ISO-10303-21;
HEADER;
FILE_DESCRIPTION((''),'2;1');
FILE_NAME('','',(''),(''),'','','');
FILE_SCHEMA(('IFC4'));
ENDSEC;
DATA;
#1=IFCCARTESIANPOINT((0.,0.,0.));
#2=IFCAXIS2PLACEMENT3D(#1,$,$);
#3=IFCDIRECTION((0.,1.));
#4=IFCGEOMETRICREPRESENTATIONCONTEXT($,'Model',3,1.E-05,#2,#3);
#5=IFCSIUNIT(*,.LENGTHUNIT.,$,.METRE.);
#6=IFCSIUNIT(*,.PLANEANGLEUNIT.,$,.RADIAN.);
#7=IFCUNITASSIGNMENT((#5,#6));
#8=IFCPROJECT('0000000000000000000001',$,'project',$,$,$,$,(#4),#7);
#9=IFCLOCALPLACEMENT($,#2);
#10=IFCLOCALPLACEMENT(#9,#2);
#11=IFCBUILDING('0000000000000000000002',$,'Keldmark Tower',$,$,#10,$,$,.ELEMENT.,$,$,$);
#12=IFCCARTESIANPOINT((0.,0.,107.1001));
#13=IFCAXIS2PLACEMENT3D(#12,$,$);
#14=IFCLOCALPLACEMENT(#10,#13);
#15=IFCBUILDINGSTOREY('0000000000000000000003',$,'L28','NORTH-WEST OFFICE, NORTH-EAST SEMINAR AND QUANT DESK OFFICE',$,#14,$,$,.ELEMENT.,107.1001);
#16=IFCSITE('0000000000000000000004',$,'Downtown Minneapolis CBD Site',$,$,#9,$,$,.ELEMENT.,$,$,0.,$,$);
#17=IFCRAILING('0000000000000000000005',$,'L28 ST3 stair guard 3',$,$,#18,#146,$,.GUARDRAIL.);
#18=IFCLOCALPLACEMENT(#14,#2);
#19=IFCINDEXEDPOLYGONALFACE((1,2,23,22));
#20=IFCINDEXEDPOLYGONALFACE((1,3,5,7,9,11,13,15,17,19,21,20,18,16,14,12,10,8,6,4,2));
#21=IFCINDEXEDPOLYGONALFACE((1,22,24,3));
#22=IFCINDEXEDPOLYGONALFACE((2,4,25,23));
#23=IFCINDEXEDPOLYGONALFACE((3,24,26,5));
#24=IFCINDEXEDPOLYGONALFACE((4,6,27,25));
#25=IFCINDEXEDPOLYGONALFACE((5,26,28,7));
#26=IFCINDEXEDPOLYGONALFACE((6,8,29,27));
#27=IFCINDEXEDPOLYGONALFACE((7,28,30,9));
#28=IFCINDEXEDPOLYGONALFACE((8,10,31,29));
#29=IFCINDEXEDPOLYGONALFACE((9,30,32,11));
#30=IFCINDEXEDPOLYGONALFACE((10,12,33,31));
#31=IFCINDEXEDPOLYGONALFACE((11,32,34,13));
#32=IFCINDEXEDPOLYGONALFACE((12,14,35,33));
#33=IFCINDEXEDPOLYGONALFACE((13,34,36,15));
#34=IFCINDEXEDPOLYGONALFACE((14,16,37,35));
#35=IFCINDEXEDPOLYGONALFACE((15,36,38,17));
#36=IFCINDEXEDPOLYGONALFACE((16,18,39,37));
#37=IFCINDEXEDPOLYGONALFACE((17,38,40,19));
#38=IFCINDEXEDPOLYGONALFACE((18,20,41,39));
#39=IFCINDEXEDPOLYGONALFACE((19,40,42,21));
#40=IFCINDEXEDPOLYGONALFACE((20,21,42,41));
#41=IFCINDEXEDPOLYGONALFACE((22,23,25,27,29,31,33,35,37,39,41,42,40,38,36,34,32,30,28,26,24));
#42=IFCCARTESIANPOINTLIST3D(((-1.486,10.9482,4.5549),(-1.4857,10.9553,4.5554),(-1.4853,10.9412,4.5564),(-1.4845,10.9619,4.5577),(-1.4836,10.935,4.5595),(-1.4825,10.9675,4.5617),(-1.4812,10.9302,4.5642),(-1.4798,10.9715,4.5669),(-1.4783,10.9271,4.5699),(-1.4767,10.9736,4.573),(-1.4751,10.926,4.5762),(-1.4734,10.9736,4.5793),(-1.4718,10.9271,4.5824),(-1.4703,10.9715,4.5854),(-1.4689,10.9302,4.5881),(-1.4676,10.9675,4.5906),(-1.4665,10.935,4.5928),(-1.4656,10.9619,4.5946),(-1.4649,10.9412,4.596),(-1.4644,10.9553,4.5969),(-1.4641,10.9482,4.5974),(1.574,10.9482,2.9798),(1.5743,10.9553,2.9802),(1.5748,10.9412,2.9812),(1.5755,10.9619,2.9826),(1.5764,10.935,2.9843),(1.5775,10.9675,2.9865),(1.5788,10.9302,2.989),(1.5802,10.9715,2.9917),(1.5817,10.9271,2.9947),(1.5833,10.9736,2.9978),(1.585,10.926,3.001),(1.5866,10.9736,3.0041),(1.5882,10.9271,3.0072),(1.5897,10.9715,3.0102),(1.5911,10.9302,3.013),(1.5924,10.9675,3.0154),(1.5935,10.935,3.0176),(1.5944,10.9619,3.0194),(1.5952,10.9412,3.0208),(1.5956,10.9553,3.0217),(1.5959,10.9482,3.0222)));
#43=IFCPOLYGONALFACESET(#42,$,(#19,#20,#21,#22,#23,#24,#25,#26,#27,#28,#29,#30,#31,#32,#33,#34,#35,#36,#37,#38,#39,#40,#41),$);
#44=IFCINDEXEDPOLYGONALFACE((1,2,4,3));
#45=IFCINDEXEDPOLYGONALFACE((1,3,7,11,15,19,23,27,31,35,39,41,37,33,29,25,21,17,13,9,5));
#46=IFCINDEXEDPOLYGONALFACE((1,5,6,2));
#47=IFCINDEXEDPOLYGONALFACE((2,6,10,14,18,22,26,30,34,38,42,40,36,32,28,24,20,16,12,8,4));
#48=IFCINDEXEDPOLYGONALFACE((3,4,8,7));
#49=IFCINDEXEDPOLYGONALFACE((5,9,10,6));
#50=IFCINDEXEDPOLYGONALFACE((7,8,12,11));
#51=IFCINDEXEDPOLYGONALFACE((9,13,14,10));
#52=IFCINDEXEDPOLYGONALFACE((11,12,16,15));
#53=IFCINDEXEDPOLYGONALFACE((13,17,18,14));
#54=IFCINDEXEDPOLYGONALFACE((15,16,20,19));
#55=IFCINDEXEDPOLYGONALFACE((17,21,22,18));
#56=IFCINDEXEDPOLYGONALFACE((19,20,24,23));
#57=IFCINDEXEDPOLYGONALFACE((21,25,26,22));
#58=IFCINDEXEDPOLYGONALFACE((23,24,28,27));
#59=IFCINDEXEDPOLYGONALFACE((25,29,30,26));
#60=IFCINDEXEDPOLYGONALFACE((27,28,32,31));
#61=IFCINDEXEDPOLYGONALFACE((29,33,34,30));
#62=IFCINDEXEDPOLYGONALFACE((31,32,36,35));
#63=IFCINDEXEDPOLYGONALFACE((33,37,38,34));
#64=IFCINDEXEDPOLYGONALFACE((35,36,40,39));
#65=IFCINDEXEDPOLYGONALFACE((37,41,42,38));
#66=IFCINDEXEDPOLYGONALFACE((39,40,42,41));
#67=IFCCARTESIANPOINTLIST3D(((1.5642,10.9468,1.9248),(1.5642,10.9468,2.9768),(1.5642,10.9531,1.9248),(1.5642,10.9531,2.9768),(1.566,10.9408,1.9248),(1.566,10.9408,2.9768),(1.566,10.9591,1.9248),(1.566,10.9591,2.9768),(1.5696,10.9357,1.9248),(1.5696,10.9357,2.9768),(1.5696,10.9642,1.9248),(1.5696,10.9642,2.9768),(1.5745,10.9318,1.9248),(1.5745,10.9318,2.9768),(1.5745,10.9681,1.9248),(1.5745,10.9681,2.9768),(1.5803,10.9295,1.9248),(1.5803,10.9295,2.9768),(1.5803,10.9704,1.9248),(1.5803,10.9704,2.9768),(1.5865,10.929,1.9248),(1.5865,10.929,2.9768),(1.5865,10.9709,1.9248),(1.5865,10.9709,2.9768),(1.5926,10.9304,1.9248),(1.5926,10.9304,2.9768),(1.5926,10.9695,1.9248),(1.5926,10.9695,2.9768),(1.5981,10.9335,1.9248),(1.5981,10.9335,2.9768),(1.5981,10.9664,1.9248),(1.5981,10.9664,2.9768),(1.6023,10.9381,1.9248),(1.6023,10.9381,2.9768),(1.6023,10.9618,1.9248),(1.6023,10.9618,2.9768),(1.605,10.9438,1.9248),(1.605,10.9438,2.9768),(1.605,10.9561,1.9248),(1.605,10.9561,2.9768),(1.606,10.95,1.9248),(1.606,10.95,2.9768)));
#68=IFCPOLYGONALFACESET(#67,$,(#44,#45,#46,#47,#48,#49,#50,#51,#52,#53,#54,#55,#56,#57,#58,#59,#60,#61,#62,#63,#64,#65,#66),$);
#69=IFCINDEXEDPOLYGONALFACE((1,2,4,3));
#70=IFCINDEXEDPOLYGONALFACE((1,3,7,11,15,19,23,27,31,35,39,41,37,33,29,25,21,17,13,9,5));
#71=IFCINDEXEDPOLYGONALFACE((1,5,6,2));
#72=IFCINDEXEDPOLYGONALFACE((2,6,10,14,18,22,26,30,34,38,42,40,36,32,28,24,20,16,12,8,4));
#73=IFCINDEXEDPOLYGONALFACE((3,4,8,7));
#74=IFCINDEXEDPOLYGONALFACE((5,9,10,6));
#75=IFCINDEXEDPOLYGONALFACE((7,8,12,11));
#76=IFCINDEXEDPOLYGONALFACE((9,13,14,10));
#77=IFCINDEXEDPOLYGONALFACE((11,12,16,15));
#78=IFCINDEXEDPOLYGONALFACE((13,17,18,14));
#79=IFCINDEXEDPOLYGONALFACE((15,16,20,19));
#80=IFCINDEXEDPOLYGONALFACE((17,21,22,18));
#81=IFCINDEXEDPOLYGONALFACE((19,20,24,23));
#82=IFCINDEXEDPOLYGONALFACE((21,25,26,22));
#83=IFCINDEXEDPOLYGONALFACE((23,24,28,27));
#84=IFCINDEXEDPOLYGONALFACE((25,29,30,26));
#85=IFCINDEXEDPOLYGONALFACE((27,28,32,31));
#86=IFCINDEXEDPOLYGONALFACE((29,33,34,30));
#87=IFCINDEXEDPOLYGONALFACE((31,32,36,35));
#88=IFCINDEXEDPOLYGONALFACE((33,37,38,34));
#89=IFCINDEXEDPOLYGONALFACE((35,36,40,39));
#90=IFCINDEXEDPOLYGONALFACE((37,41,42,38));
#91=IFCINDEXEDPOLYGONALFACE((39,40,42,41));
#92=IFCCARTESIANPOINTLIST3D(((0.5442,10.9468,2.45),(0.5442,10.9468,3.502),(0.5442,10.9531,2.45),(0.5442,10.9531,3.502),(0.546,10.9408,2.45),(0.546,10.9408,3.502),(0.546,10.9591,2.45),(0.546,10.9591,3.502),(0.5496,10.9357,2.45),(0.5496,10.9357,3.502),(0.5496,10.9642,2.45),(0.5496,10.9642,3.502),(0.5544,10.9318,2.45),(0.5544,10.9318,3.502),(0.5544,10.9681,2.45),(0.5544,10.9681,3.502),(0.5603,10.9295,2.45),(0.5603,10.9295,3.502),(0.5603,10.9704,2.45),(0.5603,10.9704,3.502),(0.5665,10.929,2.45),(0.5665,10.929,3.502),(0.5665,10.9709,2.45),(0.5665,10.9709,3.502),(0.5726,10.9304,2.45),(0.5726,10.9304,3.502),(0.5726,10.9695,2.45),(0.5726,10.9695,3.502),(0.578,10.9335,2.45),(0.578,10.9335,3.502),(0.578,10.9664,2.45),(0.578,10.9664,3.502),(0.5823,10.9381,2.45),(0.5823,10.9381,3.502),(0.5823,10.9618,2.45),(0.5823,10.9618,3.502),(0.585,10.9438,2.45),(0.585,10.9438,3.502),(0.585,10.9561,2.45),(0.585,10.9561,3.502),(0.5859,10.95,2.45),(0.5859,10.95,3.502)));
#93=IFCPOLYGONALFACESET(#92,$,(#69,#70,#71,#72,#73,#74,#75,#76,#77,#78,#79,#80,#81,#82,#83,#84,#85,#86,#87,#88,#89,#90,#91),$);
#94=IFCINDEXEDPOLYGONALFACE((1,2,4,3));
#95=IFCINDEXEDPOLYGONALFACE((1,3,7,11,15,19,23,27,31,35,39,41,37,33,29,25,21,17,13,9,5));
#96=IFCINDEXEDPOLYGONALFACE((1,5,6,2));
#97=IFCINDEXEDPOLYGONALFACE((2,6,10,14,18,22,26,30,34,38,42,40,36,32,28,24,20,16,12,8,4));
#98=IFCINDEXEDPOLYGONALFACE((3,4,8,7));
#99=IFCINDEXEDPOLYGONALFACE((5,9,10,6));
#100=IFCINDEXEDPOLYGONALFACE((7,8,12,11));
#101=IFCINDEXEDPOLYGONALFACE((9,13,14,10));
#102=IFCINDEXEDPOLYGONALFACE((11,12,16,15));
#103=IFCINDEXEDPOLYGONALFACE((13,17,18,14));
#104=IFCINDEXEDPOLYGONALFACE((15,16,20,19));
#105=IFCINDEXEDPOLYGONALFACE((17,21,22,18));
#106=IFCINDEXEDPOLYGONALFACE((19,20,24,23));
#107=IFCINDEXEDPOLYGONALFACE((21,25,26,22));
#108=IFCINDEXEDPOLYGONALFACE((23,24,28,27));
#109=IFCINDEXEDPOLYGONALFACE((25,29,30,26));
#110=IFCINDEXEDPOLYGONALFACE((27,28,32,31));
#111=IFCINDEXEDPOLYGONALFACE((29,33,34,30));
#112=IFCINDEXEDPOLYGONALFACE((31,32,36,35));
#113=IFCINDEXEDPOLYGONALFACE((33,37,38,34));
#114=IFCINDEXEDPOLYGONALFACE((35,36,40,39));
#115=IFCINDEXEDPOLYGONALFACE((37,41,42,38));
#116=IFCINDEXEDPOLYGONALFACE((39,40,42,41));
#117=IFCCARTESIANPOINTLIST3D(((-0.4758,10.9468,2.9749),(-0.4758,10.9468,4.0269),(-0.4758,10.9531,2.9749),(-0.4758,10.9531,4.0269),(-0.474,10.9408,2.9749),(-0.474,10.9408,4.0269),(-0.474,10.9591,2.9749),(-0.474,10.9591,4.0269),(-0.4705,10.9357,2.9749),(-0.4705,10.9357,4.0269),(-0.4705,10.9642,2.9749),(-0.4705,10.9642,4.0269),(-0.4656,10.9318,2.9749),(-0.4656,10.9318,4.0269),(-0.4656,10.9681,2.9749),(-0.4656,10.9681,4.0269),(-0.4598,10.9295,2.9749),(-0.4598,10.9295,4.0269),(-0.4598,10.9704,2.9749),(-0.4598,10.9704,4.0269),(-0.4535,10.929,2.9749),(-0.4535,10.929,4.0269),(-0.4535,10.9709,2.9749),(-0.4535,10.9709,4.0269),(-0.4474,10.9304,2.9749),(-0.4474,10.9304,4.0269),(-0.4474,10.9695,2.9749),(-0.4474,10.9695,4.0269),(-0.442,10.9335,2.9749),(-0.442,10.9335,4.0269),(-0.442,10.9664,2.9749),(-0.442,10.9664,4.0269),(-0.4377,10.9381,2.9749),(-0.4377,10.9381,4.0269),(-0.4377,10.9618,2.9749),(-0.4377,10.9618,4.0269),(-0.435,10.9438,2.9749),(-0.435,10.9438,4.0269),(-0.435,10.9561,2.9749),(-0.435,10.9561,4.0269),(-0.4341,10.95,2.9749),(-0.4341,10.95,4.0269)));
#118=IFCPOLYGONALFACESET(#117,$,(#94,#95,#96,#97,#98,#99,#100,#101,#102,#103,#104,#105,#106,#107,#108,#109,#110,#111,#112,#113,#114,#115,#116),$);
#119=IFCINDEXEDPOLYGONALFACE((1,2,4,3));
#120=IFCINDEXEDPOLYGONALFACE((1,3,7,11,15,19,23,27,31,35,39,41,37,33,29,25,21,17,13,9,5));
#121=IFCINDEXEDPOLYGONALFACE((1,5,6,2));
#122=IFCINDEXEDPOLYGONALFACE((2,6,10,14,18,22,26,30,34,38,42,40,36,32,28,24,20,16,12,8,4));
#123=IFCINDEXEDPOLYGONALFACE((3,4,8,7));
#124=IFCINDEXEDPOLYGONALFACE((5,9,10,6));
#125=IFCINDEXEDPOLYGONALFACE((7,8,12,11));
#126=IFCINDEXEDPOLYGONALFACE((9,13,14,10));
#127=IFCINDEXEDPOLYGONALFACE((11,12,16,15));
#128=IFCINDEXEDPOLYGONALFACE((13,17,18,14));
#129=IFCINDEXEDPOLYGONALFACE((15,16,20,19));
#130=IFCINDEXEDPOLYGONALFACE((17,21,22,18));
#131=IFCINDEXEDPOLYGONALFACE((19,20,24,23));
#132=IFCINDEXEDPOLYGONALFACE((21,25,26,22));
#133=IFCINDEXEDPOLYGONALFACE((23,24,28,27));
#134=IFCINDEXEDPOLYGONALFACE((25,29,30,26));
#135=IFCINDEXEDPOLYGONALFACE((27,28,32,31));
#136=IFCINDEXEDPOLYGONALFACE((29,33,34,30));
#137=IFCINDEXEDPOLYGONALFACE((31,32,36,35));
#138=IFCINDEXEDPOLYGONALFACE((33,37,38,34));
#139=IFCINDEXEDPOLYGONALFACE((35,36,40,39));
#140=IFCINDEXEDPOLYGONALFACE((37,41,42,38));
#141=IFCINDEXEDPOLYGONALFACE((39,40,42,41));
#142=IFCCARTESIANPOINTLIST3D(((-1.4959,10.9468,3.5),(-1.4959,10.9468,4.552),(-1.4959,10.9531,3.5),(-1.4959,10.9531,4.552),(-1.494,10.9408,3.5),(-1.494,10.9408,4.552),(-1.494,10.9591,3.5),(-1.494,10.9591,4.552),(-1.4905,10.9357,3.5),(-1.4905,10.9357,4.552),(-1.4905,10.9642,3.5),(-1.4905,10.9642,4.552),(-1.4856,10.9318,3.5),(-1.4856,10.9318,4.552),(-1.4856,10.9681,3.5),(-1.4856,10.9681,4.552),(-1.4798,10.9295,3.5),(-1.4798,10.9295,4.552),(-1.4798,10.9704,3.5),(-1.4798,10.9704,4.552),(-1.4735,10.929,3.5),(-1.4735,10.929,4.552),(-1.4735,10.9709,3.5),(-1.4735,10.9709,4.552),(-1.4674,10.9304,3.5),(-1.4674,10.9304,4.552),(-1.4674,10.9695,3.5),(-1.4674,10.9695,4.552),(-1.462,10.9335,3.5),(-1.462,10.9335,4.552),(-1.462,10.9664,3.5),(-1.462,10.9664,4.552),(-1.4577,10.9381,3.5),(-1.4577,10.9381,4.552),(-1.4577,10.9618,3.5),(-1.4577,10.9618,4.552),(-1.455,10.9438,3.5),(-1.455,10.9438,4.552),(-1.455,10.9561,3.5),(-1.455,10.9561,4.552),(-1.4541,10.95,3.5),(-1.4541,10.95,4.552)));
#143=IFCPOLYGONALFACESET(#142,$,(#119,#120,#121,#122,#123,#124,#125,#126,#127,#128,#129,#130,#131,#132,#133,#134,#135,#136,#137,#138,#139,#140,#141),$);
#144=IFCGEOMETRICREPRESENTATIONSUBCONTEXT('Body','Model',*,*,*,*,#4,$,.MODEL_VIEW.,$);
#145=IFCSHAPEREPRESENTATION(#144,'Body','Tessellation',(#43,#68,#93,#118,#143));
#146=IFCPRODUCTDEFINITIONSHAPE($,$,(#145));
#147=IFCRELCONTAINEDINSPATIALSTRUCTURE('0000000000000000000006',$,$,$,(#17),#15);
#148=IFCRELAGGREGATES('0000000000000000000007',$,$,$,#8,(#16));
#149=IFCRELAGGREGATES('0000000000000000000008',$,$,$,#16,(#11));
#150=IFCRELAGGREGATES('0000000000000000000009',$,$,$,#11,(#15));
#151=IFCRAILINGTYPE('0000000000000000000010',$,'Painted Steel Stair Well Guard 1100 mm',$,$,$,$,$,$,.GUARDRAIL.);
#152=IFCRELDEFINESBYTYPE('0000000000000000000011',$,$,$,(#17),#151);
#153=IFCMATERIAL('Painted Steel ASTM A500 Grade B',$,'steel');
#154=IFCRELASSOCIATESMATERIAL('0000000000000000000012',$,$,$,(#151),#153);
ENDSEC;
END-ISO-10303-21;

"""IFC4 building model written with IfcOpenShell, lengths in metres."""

from ifc_helpers import new_model, si_unit, direction, frame, origin, origin_2d, place, context, subcontext, project, spatial, circle, extrude, material, type_object, element, save


model = new_model("IFC4")

# Units and contexts
model_context = context("Model", 3, precision=1e-05, world=origin(), true_north=direction((0.0, 1.0)))
body_context = subcontext(model_context, "Body", "Model", "MODEL_VIEW")
ifc_project = project(units=[si_unit("LENGTHUNIT", "METRE"), si_unit("PLANEANGLEUNIT", "RADIAN")], contexts=[model_context])

# Site, building, storey
site_placement = place(None, origin())
site = spatial("IfcSite", under=ifc_project, at=site_placement, Name="Downtown Minneapolis CBD Site", CompositionType="ELEMENT", RefElevation=0.0)
building_placement = place(site_placement, origin())
building = spatial("IfcBuilding", under=site, at=building_placement, Name="Keldmark Tower", CompositionType="ELEMENT")
storey_placement = place(building_placement, frame((0.0, 0.0, 107.1001)))
storey = spatial("IfcBuildingStorey", under=building, at=storey_placement, Name="L28", Description="NORTH-WEST OFFICE, NORTH-EAST SEMINAR AND QUANT DESK OFFICE", CompositionType="ELEMENT", Elevation=107.1001)

# Railing
ifc_material_1 = material(Name="Painted Steel ASTM A500 Grade B", Category="steel")
railing_type_1 = type_object("IfcRailingType", Name="Painted Steel Stair Well Guard 1100 mm", PredefinedType="GUARDRAIL", material=ifc_material_1)
railing_1_placement = place(storey_placement, frame((1.585, 10.95, 1.9248)))
element("IfcRailing", 1, at=railing_1_placement, inside=storey, type_object=railing_type_1, Name="L28 ST3 stair guard 3", PredefinedType="GUARDRAIL", context=body_context, shape_type="SweptSolid", body=[
    extrude(circle(Radius=0.0239, at=origin_2d()), frame((0.0, 0.0, 1.0762), z_axis=(-0.889116, 0.0, 0.457681), x_axis=(0.0, -1.0, 0.0)), (0.0, 0.0, 1.0), 3.4417),
    extrude(circle(Radius=0.021, at=origin_2d()), origin(), (0.0, 0.0, 1.0), 1.052),
    extrude(circle(Radius=0.021, at=origin_2d()), frame((-1.02, 0.0, 0.5251)), (0.0, 0.0, 1.0), 1.052),
    extrude(circle(Radius=0.021, at=origin_2d()), frame((-2.04, 0.0, 1.05)), (0.0, 0.0, 1.0), 1.052),
    extrude(circle(Radius=0.021, at=origin_2d()), frame((-3.0601, 0.0, 1.5752)), (0.0, 0.0, 1.0), 1.052),
])

save(model, "model.ifc")
